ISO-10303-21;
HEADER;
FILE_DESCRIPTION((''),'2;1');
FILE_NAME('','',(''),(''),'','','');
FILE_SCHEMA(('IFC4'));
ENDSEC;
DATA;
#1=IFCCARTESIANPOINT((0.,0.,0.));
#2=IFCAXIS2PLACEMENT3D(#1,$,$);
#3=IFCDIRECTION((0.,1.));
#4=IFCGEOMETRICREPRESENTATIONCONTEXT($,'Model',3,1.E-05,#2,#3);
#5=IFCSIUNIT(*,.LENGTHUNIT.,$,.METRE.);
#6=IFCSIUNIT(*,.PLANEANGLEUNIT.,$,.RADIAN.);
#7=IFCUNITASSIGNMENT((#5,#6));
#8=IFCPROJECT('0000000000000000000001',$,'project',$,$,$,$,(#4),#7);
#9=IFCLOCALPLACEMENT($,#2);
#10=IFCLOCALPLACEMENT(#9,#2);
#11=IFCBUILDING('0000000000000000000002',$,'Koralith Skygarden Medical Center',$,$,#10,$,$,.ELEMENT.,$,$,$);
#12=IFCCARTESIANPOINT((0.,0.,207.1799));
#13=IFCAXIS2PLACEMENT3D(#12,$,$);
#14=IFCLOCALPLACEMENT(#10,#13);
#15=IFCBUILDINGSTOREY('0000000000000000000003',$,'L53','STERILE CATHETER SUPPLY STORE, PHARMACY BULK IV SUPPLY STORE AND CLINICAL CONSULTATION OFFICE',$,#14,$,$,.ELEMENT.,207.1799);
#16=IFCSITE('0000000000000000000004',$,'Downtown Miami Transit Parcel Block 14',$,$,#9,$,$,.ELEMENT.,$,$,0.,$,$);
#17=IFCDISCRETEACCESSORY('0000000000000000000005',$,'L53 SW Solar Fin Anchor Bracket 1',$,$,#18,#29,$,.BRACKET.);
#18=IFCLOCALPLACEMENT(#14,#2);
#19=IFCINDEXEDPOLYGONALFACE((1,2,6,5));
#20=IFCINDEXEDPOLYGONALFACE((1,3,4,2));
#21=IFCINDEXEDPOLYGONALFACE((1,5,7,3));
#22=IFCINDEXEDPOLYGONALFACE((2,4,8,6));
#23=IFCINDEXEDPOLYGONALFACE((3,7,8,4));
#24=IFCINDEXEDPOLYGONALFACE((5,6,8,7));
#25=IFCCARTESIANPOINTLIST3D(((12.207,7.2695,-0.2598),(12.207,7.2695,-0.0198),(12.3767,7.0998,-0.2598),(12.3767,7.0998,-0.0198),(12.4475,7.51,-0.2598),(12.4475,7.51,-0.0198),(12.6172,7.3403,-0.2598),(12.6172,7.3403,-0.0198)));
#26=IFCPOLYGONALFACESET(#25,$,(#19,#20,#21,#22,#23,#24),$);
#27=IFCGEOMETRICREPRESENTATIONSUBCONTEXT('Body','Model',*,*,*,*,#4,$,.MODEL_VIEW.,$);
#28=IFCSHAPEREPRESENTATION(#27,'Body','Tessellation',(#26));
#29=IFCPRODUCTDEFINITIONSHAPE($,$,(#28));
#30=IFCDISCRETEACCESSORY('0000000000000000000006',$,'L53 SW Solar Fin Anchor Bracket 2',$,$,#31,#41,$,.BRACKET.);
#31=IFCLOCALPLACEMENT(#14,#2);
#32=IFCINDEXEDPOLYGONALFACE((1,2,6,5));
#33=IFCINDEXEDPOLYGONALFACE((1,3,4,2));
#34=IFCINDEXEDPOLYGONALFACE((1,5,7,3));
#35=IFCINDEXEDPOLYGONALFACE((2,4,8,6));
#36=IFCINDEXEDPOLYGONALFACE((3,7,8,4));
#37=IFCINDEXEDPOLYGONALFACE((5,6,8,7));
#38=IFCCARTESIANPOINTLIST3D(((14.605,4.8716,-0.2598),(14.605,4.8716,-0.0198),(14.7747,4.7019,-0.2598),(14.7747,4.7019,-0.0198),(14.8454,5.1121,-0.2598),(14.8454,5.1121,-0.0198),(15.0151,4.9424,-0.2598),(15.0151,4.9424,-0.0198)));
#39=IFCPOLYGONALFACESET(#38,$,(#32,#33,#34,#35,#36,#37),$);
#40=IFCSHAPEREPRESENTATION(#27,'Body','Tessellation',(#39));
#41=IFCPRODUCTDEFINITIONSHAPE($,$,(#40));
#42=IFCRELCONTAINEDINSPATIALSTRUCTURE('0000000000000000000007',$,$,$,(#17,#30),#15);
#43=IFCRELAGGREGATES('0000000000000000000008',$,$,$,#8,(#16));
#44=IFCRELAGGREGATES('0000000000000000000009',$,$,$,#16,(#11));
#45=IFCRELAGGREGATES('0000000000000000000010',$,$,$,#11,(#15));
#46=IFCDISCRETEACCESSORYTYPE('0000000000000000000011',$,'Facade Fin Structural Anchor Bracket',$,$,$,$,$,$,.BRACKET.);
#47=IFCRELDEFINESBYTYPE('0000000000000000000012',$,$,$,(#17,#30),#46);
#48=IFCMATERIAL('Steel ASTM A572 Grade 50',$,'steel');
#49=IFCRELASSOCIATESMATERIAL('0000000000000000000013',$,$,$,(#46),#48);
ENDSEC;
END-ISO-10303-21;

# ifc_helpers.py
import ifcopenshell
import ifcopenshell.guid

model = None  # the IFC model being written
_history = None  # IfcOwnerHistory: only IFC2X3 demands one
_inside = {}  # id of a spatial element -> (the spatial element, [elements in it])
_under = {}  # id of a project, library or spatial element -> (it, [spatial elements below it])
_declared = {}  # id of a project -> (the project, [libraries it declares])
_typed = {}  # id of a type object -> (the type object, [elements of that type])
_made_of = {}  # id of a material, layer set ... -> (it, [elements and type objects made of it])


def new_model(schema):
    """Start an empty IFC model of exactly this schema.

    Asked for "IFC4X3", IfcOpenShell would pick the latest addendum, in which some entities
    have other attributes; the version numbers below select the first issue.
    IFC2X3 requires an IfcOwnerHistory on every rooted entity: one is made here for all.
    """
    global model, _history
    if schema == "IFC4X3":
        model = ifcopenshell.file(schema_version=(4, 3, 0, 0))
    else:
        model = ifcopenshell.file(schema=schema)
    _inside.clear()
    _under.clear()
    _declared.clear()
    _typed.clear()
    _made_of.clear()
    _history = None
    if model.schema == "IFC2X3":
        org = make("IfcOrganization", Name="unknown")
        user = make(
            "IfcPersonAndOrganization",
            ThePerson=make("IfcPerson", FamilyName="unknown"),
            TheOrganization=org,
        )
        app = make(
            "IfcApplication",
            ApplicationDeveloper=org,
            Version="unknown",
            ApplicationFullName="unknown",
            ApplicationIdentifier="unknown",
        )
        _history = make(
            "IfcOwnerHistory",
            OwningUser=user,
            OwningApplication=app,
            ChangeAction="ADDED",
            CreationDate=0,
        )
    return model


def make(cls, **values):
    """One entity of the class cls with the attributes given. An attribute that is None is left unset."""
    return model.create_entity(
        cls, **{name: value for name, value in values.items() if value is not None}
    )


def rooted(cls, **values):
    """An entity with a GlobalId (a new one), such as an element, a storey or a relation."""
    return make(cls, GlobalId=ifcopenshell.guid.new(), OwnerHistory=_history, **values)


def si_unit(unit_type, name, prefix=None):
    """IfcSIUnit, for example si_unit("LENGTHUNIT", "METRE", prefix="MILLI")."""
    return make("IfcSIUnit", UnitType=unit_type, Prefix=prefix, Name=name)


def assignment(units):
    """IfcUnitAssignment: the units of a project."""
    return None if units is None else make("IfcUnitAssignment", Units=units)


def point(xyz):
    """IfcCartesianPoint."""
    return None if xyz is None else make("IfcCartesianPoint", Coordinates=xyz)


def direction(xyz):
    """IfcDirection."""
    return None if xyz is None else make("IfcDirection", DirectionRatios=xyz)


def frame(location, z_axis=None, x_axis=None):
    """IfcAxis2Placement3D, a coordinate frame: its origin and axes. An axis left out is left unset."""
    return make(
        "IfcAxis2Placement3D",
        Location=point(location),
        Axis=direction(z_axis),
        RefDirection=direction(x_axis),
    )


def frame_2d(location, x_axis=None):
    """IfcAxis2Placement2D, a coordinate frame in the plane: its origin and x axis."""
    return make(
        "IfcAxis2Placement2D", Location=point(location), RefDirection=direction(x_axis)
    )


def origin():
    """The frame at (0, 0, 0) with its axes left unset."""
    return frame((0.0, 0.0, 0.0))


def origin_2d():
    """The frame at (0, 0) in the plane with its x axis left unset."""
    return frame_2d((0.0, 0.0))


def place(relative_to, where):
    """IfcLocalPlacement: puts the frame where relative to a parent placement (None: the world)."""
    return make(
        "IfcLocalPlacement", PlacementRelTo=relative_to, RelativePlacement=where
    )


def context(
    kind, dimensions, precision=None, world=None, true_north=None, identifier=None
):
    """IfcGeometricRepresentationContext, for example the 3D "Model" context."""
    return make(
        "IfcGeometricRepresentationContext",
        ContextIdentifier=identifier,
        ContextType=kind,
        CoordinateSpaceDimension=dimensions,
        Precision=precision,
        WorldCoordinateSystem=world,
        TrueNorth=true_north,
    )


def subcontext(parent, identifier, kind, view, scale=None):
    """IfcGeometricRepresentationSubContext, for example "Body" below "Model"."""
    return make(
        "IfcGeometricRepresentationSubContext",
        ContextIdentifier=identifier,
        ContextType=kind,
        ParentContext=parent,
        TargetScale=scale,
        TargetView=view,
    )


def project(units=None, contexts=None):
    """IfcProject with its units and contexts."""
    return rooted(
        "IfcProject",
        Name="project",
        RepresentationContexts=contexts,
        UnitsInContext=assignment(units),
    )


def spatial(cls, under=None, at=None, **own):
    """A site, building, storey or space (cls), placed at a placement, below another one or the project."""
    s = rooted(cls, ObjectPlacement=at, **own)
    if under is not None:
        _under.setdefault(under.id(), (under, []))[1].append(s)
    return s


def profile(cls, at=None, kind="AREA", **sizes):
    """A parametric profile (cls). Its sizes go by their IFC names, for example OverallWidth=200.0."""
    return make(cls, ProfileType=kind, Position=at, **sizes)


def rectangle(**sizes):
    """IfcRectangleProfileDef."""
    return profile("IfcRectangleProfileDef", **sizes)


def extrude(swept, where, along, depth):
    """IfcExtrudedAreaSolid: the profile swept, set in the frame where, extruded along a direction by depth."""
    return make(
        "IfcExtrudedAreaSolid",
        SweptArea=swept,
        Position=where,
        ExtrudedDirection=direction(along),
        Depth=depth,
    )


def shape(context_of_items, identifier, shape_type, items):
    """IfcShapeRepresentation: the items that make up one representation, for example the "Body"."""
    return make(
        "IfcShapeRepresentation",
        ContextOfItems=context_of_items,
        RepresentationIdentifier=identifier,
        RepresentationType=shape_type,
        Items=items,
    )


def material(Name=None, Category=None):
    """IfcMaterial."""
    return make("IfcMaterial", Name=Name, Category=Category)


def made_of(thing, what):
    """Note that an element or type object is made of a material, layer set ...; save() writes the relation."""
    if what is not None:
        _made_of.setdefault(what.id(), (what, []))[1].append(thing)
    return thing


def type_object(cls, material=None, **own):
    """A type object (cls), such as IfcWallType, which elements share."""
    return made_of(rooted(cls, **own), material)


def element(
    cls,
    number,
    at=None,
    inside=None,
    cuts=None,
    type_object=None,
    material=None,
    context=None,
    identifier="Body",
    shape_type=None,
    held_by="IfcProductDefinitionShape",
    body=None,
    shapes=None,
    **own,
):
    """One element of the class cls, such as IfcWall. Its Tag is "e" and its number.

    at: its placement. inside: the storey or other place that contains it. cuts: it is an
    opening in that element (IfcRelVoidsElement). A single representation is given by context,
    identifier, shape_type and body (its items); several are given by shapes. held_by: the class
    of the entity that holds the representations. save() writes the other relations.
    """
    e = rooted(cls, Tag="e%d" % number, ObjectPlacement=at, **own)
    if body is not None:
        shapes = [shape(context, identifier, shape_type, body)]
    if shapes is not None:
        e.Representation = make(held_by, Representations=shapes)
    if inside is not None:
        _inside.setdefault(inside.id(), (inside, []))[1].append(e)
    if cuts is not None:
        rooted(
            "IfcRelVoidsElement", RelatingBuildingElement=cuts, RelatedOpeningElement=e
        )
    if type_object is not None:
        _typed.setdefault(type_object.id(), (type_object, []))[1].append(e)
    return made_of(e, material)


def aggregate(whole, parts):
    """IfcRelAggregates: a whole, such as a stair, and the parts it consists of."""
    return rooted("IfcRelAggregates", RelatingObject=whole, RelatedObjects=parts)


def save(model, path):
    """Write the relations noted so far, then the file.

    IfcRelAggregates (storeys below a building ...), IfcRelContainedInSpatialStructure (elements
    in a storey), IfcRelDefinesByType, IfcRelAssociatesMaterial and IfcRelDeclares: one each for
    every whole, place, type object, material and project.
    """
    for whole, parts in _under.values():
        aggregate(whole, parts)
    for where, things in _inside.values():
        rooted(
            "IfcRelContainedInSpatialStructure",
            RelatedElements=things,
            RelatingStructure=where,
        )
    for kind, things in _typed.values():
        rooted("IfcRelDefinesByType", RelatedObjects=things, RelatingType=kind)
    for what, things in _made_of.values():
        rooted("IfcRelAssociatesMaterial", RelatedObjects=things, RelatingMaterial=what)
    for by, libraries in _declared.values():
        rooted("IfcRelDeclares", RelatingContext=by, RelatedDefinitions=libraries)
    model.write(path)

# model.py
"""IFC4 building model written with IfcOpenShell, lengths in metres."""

from ifc_helpers import new_model, si_unit, direction, frame, origin, origin_2d, place, context, subcontext, project, spatial, rectangle, extrude, material, type_object, element, save


model = new_model("IFC4")

# Units and contexts
model_context = context("Model", 3, precision=1e-05, world=origin(), true_north=direction((0.0, 1.0)))
body_context = subcontext(model_context, "Body", "Model", "MODEL_VIEW")
ifc_project = project(units=[si_unit("LENGTHUNIT", "METRE"), si_unit("PLANEANGLEUNIT", "RADIAN")], contexts=[model_context])

# Site, building, storey
site_placement = place(None, origin())
site = spatial("IfcSite", under=ifc_project, at=site_placement, Name="Downtown Miami Transit Parcel Block 14", CompositionType="ELEMENT", RefElevation=0.0)
building_placement = place(site_placement, origin())
building = spatial("IfcBuilding", under=site, at=building_placement, Name="Koralith Skygarden Medical Center", CompositionType="ELEMENT")
storey_placement = place(building_placement, frame((0.0, 0.0, 207.1799)))
storey = spatial("IfcBuildingStorey", under=building, at=storey_placement, Name="L53", Description="STERILE CATHETER SUPPLY STORE, PHARMACY BULK IV SUPPLY STORE AND CLINICAL CONSULTATION OFFICE", CompositionType="ELEMENT", Elevation=207.1799)

# Discrete accessories
ifc_material_1 = material(Name="Steel ASTM A572 Grade 50", Category="steel")
discrete_accessory_type = type_object("IfcDiscreteAccessoryType", Name="Facade Fin Structural Anchor Bracket", PredefinedType="BRACKET", material=ifc_material_1)
for number, where, z_axis, x_axis, name in (
    (1, (12.4121, 7.3049, -0.2598), (0.0, 0.0, 1.0), (-0.707107, -0.707107, 0.0), "L53 SW Solar Fin Anchor Bracket 1"),
    (2, (14.8101, 4.907, -0.2598), (0.0, 0.0, 1.0), (-0.707107, -0.707107, 0.0), "L53 SW Solar Fin Anchor Bracket 2"),
):
    element("IfcDiscreteAccessory", number, at=place(storey_placement, frame(where, z_axis=z_axis, x_axis=x_axis)), inside=storey, type_object=discrete_accessory_type, Name=name, PredefinedType="BRACKET", context=body_context, shape_type="SweptSolid", body=[
        extrude(rectangle(XDim=0.3401, YDim=0.24, at=origin_2d()), origin(), (0.0, 0.0, 1.0), 0.24),
    ])

save(model, "model.ifc")
